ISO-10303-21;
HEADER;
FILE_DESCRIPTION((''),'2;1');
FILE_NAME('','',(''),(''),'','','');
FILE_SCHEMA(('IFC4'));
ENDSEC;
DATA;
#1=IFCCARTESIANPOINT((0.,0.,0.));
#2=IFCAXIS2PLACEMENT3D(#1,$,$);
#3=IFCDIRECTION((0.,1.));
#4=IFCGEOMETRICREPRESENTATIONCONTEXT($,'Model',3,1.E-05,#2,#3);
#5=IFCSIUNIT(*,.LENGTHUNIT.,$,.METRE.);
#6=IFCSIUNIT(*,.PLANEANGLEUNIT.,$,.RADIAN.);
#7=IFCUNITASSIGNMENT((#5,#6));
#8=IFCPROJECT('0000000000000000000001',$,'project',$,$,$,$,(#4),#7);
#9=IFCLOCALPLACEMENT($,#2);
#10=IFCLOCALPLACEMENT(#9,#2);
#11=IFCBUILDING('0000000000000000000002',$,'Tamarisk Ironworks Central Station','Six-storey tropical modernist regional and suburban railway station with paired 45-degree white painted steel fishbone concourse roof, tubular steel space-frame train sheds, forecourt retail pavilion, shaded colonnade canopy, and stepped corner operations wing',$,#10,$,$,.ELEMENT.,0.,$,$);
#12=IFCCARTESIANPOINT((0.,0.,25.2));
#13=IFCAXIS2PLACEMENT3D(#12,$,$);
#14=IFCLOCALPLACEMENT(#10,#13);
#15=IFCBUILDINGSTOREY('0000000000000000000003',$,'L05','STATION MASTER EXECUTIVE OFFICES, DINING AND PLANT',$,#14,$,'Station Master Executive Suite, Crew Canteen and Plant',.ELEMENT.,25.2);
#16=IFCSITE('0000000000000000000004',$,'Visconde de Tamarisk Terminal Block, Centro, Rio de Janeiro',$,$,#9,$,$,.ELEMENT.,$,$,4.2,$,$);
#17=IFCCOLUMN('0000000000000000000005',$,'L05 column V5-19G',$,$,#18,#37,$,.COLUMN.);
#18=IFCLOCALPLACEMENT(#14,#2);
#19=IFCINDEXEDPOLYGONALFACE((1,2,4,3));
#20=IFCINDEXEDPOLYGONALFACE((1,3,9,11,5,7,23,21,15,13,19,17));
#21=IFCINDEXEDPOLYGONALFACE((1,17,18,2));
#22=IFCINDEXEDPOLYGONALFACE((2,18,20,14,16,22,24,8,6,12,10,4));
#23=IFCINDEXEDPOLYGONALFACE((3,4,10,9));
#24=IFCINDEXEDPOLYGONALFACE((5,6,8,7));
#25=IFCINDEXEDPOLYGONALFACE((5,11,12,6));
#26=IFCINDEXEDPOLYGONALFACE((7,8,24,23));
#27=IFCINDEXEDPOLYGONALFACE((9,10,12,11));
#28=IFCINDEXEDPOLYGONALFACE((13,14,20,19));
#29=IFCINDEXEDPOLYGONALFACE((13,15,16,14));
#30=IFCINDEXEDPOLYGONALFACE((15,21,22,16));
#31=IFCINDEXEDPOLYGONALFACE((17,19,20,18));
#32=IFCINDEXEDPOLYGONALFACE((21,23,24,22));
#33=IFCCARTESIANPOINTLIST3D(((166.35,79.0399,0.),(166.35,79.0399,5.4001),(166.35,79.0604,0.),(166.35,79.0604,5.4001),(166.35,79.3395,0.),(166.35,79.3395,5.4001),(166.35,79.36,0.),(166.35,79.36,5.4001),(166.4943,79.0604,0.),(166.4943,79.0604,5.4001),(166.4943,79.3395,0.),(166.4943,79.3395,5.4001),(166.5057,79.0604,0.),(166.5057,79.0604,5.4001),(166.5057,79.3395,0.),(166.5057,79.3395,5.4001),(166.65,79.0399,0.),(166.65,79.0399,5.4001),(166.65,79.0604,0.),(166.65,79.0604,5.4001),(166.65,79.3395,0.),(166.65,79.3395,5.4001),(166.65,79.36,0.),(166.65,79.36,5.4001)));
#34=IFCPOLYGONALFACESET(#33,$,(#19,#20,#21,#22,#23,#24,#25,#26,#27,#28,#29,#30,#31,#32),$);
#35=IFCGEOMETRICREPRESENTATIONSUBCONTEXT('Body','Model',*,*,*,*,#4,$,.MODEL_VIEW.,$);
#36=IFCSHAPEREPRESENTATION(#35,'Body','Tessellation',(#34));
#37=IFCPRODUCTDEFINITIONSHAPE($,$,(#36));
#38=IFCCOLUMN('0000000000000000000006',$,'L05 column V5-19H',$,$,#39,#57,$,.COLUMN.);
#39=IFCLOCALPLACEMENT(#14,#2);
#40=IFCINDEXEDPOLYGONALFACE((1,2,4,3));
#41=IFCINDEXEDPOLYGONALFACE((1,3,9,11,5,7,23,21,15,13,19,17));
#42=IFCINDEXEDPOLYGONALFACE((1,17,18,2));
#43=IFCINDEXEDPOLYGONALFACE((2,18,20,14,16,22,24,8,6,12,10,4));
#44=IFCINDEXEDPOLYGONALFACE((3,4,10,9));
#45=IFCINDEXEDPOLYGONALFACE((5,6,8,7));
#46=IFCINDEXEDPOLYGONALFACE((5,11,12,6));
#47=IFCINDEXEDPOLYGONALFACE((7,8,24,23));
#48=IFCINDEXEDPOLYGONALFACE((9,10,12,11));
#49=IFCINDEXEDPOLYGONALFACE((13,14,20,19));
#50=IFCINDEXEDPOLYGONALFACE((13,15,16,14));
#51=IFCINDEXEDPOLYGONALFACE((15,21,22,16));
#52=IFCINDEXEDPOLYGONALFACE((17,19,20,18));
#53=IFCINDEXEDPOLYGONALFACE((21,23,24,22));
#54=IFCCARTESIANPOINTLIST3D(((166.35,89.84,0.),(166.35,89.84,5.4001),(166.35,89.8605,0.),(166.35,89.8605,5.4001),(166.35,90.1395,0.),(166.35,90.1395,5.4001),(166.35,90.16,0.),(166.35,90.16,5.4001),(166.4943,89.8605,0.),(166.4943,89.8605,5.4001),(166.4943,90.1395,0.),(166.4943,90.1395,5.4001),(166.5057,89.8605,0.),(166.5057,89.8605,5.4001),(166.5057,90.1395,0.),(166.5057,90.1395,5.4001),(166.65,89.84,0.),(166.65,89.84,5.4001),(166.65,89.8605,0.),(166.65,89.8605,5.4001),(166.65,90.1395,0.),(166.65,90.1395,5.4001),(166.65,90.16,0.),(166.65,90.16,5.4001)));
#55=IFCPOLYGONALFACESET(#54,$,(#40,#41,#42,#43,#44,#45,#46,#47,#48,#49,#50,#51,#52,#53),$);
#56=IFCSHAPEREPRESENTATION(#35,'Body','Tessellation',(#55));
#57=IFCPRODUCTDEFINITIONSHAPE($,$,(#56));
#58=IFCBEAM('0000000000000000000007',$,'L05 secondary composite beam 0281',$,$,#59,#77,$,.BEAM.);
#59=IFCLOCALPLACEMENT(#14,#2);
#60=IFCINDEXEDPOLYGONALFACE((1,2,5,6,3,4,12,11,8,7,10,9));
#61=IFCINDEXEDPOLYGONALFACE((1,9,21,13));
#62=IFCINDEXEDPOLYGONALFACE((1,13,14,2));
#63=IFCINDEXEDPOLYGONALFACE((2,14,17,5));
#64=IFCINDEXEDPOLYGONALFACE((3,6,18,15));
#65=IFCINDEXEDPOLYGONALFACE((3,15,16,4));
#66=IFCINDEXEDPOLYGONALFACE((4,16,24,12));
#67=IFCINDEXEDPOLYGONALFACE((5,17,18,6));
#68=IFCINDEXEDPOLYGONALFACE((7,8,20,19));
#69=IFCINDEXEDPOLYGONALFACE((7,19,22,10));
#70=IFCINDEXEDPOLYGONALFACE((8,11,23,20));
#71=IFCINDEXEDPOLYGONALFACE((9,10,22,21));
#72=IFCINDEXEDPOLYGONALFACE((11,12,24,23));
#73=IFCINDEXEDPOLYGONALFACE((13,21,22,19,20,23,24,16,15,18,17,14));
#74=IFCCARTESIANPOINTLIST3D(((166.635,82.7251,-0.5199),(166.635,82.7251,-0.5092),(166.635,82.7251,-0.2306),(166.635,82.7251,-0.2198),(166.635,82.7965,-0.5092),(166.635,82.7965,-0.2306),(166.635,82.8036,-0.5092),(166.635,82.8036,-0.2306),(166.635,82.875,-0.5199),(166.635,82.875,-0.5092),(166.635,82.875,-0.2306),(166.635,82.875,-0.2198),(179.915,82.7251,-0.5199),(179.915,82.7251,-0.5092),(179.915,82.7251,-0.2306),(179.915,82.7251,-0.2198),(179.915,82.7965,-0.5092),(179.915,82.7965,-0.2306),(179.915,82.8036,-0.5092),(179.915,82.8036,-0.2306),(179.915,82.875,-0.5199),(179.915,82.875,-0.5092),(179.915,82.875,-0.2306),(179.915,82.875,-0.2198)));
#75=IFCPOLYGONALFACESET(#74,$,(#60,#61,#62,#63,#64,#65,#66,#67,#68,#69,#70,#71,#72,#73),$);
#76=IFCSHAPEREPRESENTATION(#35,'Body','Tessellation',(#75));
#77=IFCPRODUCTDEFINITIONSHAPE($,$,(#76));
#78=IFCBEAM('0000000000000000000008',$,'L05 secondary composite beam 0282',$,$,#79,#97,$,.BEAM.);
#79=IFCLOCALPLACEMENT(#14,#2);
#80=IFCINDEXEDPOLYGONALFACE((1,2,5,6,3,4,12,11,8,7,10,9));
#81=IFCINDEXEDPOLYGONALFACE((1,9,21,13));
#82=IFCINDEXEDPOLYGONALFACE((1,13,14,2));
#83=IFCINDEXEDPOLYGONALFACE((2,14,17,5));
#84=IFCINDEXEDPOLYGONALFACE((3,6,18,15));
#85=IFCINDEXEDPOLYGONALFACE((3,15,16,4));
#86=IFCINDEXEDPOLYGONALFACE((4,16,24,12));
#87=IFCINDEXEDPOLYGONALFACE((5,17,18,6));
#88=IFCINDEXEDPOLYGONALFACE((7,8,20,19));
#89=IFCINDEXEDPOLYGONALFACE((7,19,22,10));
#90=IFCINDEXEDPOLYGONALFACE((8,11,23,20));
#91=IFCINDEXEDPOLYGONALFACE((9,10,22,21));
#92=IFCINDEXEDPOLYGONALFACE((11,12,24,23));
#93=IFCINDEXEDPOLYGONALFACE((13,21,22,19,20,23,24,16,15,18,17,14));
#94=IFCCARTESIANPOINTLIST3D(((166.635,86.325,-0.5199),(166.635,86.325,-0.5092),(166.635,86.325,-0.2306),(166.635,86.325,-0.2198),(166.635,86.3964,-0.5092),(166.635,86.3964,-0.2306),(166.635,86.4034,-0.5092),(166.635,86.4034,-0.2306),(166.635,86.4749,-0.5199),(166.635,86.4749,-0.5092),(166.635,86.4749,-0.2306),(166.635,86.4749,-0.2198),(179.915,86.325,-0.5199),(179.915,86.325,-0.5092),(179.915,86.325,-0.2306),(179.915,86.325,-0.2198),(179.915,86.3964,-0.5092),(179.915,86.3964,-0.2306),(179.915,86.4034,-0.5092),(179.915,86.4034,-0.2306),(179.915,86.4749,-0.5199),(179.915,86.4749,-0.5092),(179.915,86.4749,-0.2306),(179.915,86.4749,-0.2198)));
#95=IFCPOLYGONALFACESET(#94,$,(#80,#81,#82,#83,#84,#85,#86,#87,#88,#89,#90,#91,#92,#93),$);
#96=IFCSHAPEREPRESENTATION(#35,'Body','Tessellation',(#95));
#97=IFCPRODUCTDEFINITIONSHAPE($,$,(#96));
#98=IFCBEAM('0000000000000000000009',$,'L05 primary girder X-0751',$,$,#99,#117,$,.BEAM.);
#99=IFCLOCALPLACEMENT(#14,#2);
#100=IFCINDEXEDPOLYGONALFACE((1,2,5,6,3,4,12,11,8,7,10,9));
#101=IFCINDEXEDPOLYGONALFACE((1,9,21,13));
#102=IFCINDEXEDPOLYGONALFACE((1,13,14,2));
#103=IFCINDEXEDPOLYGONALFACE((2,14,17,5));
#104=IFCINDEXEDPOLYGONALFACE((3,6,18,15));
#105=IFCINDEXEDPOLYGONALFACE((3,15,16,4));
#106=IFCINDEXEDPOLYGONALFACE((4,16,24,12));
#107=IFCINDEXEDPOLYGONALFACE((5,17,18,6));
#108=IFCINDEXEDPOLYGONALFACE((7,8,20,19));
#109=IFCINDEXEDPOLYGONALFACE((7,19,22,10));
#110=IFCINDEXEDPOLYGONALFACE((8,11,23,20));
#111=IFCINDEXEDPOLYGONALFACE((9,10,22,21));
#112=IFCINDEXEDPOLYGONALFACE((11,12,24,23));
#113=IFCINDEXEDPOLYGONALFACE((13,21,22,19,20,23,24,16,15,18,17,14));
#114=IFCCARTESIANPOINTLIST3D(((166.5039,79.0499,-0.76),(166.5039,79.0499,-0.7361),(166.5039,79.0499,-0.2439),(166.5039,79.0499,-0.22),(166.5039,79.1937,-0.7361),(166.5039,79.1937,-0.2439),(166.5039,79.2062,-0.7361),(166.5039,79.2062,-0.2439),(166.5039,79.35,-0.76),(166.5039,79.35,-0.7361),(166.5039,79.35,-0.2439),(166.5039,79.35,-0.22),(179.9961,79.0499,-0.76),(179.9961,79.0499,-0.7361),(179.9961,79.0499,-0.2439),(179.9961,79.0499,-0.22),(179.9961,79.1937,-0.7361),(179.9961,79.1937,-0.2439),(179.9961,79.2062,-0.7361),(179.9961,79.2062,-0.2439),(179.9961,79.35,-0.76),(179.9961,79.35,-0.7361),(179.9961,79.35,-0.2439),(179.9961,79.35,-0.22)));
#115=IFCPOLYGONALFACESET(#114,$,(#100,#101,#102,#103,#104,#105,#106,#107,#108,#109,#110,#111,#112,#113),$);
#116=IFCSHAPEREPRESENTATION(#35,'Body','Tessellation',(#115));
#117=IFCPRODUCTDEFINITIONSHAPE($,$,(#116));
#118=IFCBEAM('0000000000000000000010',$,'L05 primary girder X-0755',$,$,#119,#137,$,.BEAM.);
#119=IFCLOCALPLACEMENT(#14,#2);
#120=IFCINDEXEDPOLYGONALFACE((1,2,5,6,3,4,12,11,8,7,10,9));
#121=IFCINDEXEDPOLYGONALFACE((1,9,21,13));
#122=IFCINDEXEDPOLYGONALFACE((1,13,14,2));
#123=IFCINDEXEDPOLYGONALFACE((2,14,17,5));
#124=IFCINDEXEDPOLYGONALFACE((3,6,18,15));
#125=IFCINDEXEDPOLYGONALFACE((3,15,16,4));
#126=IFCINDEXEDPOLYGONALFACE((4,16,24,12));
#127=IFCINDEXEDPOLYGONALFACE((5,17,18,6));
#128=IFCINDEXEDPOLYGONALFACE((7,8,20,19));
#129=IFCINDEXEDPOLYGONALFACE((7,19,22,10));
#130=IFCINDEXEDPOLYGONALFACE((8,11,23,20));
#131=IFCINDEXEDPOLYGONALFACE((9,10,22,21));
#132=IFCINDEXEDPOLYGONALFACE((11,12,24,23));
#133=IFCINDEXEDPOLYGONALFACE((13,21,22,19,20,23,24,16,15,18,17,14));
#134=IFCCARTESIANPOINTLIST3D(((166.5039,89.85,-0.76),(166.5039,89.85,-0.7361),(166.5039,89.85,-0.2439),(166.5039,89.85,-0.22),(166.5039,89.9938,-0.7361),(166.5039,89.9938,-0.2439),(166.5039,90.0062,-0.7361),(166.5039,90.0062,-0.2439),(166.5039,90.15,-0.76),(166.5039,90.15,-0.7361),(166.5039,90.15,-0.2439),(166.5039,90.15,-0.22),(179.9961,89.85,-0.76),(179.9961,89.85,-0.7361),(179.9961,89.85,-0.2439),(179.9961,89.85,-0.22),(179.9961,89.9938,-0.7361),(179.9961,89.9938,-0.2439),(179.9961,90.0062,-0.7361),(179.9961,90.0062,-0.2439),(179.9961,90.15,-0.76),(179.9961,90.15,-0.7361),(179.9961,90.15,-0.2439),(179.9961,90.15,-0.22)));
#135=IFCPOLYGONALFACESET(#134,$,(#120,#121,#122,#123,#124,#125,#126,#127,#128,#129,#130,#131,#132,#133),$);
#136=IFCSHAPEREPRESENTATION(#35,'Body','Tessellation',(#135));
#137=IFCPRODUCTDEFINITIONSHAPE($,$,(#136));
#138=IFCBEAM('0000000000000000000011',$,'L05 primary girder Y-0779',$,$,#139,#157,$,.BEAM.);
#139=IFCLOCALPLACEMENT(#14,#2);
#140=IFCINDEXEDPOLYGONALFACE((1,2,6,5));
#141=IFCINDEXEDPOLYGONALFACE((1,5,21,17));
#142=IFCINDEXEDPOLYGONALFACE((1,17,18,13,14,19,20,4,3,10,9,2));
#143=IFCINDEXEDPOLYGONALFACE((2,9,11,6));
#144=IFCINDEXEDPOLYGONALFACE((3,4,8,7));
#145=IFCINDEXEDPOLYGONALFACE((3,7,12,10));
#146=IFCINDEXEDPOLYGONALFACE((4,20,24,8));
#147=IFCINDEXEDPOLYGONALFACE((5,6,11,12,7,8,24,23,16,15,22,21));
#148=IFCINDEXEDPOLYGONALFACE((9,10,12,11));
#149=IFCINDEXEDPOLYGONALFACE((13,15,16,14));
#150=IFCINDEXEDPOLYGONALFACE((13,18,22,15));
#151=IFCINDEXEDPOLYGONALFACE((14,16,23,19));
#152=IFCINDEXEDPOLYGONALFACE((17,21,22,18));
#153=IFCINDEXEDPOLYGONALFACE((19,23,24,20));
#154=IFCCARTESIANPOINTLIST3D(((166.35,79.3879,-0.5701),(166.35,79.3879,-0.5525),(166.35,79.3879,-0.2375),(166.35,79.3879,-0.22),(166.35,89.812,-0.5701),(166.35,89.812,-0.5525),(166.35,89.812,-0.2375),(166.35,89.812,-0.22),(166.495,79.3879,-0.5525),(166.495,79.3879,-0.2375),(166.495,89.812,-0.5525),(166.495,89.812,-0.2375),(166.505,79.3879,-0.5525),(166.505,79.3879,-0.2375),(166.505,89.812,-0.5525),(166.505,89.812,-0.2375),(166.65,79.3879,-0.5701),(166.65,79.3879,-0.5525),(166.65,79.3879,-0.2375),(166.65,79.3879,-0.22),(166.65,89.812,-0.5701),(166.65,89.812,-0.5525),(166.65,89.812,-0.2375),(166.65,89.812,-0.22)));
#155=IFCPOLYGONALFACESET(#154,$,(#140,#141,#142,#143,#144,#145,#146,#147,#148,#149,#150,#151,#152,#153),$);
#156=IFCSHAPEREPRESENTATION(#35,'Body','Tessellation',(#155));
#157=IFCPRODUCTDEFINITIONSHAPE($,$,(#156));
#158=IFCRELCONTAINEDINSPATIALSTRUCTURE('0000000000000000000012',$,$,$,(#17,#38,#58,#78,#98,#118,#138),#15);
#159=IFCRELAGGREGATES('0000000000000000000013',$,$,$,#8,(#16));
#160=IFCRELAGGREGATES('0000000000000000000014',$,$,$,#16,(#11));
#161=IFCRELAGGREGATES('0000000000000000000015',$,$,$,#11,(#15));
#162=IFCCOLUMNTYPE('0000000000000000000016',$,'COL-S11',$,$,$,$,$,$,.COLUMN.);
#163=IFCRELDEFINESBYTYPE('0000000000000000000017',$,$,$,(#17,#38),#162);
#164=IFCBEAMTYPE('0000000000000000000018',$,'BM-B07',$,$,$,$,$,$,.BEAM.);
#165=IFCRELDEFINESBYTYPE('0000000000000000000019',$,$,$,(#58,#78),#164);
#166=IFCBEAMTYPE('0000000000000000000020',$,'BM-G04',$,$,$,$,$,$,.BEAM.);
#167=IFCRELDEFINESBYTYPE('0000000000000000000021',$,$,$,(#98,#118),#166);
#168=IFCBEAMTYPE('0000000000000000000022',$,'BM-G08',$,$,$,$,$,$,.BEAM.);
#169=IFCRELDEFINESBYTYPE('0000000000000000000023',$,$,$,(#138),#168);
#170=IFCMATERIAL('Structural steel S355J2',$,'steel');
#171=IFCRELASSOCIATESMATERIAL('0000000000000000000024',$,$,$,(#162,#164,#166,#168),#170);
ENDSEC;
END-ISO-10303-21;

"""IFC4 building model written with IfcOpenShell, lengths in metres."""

from ifc_helpers import new_model, si_unit, direction, frame, origin, origin_2d, place, context, subcontext, project, spatial, i_section, extrude, material, material_profile, profile_set, type_object, element, save


model = new_model("IFC4")

# Units and contexts
model_context = context("Model", 3, precision=1e-05, world=origin(), true_north=direction((0.0, 1.0)))
body_context = subcontext(model_context, "Body", "Model", "MODEL_VIEW")
ifc_project = project(units=[si_unit("LENGTHUNIT", "METRE"), si_unit("PLANEANGLEUNIT", "RADIAN")], contexts=[model_context])

# Site, building, storey
site_placement = place(None, origin())
site = spatial("IfcSite", under=ifc_project, at=site_placement, Name="Visconde de Tamarisk Terminal Block, Centro, Rio de Janeiro", CompositionType="ELEMENT", RefElevation=4.2)
building_placement = place(site_placement, origin())
building = spatial("IfcBuilding", under=site, at=building_placement, Name="Tamarisk Ironworks Central Station", Description="Six-storey tropical modernist regional and suburban railway station with paired 45-degree white painted steel fishbone concourse roof, tubular steel space-frame train sheds, forecourt retail pavilion, shaded colonnade canopy, and stepped corner operations wing", CompositionType="ELEMENT", ElevationOfRefHeight=0.0)
storey_placement = place(building_placement, frame((0.0, 0.0, 25.2)))
storey = spatial("IfcBuildingStorey", under=building, at=storey_placement, Name="L05", Description="STATION MASTER EXECUTIVE OFFICES, DINING AND PLANT", LongName="Station Master Executive Suite, Crew Canteen and Plant", CompositionType="ELEMENT", Elevation=25.2)

# Columns
ifc_material_1 = material(Name="Structural steel S355J2", Category="steel")
ifc_material_profile_1 = material_profile(ifc_material_1, i_section(OverallWidth=0.3, OverallDepth=0.3201, WebThickness=0.0115, FlangeThickness=0.0205, at=origin_2d()), Name="HEB 320")
ifc_profile_set_1 = profile_set([ifc_material_profile_1], Name="Structural steel S355J2")
column_type = type_object("IfcColumnType", Name="COL-S11", PredefinedType="COLUMN", material=ifc_profile_set_1)
for number, where, z_axis, x_axis, name in (
    (1, (166.5, 79.2, 0.0), (0.0, 0.0, 1.0), (1.0, 0.0, 0.0), "L05 column V5-19G"),
    (2, (166.5, 90.0, 0.0), (0.0, 0.0, 1.0), (1.0, 0.0, 0.0), "L05 column V5-19H"),
):
    element("IfcColumn", number, at=place(storey_placement, frame(where, z_axis=z_axis, x_axis=x_axis)), inside=storey, type_object=column_type, Name=name, PredefinedType="COLUMN", context=body_context, shape_type="SweptSolid", body=[
        extrude(i_section(OverallWidth=0.3, OverallDepth=0.3201, WebThickness=0.0115, FlangeThickness=0.0205, at=origin_2d()), origin(), (0.0, 0.0, 1.0), 5.4001),
    ])

# Beams
ifc_material_profile_2 = material_profile(ifc_material_1, i_section(OverallWidth=0.1499, OverallDepth=0.3, WebThickness=0.0071, FlangeThickness=0.0107, at=origin_2d()), Name="IPE 300")
ifc_profile_set_2 = profile_set([ifc_material_profile_2], Name="Structural steel S355J2")
beam_type_1 = type_object("IfcBeamType", Name="BM-B07", PredefinedType="BEAM", material=ifc_profile_set_2)
for number, where, z_axis, x_axis, name in (
    (3, (166.635, 82.8, -0.3699), (1.0, 0.0, 0.0), (0.0, 1.0, 0.0), "L05 secondary composite beam 0281"),
    (4, (166.635, 86.3999, -0.3699), (1.0, 0.0, 0.0), (0.0, 1.0, 0.0), "L05 secondary composite beam 0282"),
):
    element("IfcBeam", number, at=place(storey_placement, frame(where, z_axis=z_axis, x_axis=x_axis)), inside=storey, type_object=beam_type_1, Name=name, PredefinedType="BEAM", context=body_context, shape_type="SweptSolid", body=[
        extrude(i_section(OverallWidth=0.1499, OverallDepth=0.3, WebThickness=0.0071, FlangeThickness=0.0107, at=origin_2d()), origin(), (0.0, 0.0, 1.0), 13.28),
    ])
ifc_material_profile_3 = material_profile(ifc_material_1, i_section(OverallWidth=0.3, OverallDepth=0.54, WebThickness=0.0125, FlangeThickness=0.0239, at=origin_2d()), Name="HEA 550")
ifc_profile_set_3 = profile_set([ifc_material_profile_3], Name="Structural steel S355J2")
beam_type_2 = type_object("IfcBeamType", Name="BM-G04", PredefinedType="BEAM", material=ifc_profile_set_3)
for number, where, z_axis, x_axis, name in (
    (5, (166.5039, 79.2, -0.49), (1.0, 0.0, 0.0), (0.0, 1.0, 0.0), "L05 primary girder X-0751"),
    (6, (166.5039, 90.0, -0.49), (1.0, 0.0, 0.0), (0.0, 1.0, 0.0), "L05 primary girder X-0755"),
):
    element("IfcBeam", number, at=place(storey_placement, frame(where, z_axis=z_axis, x_axis=x_axis)), inside=storey, type_object=beam_type_2, Name=name, PredefinedType="BEAM", context=body_context, shape_type="SweptSolid", body=[
        extrude(i_section(OverallWidth=0.3, OverallDepth=0.54, WebThickness=0.0125, FlangeThickness=0.0239, at=origin_2d()), origin(), (0.0, 0.0, 1.0), 13.4922),
    ])
ifc_material_profile_4 = material_profile(ifc_material_1, i_section(OverallWidth=0.3, OverallDepth=0.3501, WebThickness=0.01, FlangeThickness=0.0176, at=origin_2d()), Name="HEA 360")
ifc_profile_set_4 = profile_set([ifc_material_profile_4], Name="Structural steel S355J2")
beam_type_3 = type_object("IfcBeamType", Name="BM-G08", PredefinedType="BEAM", material=ifc_profile_set_4)
beam_placement = place(storey_placement, frame((166.5, 79.3879, -0.395), z_axis=(0.0, 1.0, 0.0), x_axis=(-1.0, 0.0, 0.0)))
element("IfcBeam", 7, at=beam_placement, inside=storey, type_object=beam_type_3, Name="L05 primary girder Y-0779", PredefinedType="BEAM", context=body_context, shape_type="SweptSolid", body=[
    extrude(i_section(OverallWidth=0.3, OverallDepth=0.3501, WebThickness=0.01, FlangeThickness=0.0176, at=origin_2d()), origin(), (0.0, 0.0, 1.0), 10.4241),
])

save(model, "model.ifc")
